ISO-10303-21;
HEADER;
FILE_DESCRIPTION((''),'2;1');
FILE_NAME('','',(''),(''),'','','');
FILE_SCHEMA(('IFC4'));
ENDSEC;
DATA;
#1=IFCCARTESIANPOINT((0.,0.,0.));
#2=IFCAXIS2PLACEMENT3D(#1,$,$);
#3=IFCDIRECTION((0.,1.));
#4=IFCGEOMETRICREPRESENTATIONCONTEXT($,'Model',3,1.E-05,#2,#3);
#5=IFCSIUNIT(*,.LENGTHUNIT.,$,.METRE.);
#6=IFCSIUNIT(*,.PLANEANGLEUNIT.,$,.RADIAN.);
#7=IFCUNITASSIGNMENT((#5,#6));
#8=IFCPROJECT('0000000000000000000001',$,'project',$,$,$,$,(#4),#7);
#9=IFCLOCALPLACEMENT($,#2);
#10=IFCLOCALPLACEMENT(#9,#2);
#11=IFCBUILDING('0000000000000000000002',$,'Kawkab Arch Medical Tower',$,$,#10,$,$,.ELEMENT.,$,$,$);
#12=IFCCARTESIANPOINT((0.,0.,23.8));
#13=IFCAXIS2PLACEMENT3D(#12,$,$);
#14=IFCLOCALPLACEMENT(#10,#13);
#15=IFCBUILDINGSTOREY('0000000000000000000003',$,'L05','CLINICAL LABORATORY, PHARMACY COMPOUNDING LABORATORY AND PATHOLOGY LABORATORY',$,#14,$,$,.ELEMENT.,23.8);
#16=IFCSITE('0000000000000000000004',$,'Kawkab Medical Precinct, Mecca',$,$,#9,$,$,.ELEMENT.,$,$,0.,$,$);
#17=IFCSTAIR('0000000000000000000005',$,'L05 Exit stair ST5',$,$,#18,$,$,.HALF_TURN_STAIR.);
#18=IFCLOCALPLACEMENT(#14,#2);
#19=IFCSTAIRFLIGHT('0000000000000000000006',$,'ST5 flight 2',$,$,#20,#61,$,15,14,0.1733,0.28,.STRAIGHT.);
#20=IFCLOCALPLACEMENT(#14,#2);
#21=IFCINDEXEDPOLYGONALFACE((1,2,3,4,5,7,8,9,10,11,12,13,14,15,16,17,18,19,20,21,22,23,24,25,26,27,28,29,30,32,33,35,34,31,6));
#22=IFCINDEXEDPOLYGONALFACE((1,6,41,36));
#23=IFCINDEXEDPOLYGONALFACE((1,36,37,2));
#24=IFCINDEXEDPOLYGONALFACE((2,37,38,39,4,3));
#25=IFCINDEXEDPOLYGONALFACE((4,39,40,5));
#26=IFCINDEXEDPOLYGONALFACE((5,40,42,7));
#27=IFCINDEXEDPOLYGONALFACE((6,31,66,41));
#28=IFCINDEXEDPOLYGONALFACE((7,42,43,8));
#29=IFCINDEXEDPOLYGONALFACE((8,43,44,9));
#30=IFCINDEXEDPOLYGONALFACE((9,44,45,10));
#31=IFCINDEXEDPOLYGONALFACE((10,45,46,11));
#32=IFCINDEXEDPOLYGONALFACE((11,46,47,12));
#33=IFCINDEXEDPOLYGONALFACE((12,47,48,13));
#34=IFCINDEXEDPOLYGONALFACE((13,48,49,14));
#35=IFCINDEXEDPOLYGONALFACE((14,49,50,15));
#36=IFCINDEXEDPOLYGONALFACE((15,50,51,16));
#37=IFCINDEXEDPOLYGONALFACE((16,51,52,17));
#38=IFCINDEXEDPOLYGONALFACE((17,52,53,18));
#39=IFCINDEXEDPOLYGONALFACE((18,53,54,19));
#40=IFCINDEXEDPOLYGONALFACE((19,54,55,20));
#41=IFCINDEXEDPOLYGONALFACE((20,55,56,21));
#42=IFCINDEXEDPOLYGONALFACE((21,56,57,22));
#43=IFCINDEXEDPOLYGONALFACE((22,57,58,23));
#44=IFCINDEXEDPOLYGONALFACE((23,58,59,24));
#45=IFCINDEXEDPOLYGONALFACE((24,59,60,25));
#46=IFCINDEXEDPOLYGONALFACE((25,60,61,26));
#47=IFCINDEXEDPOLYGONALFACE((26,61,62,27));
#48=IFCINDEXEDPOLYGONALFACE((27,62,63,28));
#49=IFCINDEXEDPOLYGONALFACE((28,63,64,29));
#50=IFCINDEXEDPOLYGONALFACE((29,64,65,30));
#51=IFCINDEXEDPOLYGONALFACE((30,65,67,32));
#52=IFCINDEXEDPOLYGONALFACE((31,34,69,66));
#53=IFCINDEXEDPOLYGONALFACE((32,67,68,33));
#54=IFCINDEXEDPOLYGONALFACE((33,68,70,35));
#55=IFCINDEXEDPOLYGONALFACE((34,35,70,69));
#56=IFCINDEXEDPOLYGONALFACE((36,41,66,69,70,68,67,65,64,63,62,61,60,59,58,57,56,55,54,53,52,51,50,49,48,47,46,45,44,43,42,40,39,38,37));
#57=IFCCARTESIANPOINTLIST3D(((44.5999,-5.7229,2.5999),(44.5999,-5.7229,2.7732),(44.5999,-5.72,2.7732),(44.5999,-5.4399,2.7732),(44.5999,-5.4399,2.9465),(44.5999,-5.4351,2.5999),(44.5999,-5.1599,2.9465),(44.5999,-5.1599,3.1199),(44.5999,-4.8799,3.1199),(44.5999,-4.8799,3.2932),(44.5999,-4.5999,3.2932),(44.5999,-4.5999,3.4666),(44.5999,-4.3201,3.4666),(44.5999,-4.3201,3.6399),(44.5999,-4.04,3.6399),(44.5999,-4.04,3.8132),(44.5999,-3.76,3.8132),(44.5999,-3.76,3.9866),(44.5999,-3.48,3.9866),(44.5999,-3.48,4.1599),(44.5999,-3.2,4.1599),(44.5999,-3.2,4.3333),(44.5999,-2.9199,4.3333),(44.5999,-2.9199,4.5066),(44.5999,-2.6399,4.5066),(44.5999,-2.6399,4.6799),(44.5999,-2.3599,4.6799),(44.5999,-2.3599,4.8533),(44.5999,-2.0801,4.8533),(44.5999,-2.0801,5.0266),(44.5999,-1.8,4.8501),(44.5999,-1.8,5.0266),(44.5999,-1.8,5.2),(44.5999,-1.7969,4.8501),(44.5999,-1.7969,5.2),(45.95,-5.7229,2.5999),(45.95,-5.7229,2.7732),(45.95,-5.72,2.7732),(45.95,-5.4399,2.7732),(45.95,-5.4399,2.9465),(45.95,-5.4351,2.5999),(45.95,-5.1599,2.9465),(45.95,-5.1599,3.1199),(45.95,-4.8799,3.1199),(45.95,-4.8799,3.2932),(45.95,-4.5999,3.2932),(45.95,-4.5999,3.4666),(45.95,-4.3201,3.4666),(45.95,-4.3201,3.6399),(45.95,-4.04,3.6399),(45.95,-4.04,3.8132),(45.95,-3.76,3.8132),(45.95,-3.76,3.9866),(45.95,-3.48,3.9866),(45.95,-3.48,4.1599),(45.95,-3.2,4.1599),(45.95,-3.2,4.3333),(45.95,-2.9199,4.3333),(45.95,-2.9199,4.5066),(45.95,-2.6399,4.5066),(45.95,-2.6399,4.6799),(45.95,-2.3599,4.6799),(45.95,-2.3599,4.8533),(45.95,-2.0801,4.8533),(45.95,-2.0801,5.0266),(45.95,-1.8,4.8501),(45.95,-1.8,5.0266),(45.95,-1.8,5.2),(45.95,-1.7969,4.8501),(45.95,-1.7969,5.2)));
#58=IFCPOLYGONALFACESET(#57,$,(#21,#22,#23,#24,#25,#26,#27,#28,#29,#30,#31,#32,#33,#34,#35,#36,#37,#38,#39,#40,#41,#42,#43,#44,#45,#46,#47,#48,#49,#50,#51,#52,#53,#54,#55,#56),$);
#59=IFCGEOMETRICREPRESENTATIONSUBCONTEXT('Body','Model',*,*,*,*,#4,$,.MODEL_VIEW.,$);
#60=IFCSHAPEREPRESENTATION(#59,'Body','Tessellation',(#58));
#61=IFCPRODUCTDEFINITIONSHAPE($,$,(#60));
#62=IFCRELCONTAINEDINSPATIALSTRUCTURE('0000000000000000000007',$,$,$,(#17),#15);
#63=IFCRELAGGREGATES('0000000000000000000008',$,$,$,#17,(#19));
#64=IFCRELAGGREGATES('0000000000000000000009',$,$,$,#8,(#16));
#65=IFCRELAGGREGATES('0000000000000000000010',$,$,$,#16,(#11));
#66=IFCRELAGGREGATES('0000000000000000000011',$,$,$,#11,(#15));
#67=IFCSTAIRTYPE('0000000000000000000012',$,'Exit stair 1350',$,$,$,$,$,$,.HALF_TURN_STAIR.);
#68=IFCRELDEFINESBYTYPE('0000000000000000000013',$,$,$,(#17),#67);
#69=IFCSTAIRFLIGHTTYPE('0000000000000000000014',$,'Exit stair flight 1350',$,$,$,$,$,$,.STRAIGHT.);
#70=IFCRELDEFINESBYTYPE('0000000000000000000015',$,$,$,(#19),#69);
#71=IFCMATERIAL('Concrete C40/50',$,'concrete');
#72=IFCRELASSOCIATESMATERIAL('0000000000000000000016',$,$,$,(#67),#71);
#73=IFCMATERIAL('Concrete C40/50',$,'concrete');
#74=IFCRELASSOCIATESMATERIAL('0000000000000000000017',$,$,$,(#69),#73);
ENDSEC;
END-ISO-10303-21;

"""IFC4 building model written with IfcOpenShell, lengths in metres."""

from ifc_helpers import new_model, si_unit, direction, frame, origin, place, context, subcontext, project, spatial, polyline, outline, extrude, material, type_object, element, aggregate, save


model = new_model("IFC4")

# Units and contexts
model_context = context("Model", 3, precision=1e-05, world=origin(), true_north=direction((0.0, 1.0)))
body_context = subcontext(model_context, "Body", "Model", "MODEL_VIEW")
ifc_project = project(units=[si_unit("LENGTHUNIT", "METRE"), si_unit("PLANEANGLEUNIT", "RADIAN")], contexts=[model_context])

# Site, building, storey
site_placement = place(None, origin())
site = spatial("IfcSite", under=ifc_project, at=site_placement, Name="Kawkab Medical Precinct, Mecca", CompositionType="ELEMENT", RefElevation=0.0)
building_placement = place(site_placement, origin())
building = spatial("IfcBuilding", under=site, at=building_placement, Name="Kawkab Arch Medical Tower", CompositionType="ELEMENT")
storey_placement = place(building_placement, frame((0.0, 0.0, 23.8)))
storey = spatial("IfcBuildingStorey", under=building, at=storey_placement, Name="L05", Description="CLINICAL LABORATORY, PHARMACY COMPOUNDING LABORATORY AND PATHOLOGY LABORATORY", CompositionType="ELEMENT", Elevation=23.8)

# Stair, stair flight
ifc_material_1 = material(Name="Concrete C40/50", Category="concrete")
stair_type = type_object("IfcStairType", Name="Exit stair 1350", PredefinedType="HALF_TURN_STAIR", material=ifc_material_1)
stair_placement = place(storey_placement, origin())
stair = element("IfcStair", 1, at=stair_placement, inside=storey, type_object=stair_type, Name="L05 Exit stair ST5", PredefinedType="HALF_TURN_STAIR")
ifc_material_2 = material(Name="Concrete C40/50", Category="concrete")
stair_flight_type = type_object("IfcStairFlightType", Name="Exit stair flight 1350", PredefinedType="STRAIGHT", material=ifc_material_2)
stair_flight_1_placement = place(storey_placement, frame((45.2749, -5.72, 2.5999), z_axis=(0.0, 0.0, 1.0), x_axis=(0.0, 1.0, 0.0)))
stair_flight_1 = element("IfcStairFlight", 2, at=stair_flight_1_placement, type_object=stair_flight_type, Name="ST5 flight 2", NumberOfRisers=15, NumberOfTreads=14, PredefinedType="STRAIGHT", RiserHeight=0.1733, TreadLength=0.28, context=body_context, shape_type="SweptSolid", body=[
    extrude(outline(polyline([(-0.0029, 0.0), (-0.0029, 0.1733), (0.0, 0.1733), (0.28, 0.1733), (0.28, 0.3467), (0.5601, 0.3467), (0.5601, 0.52), (0.8401, 0.52), (0.8401, 0.6934), (1.1201, 0.6934), (1.1201, 0.8667), (1.3999, 0.8667), (1.3999, 1.04), (1.6799, 1.04), (1.6799, 1.2134), (1.96, 1.2134), (1.96, 1.3867), (2.24, 1.3867), (2.24, 1.5601), (2.52, 1.5601), (2.52, 1.7334), (2.8, 1.7334), (2.8, 1.9067), (3.0801, 1.9067), (3.0801, 2.0801), (3.3601, 2.0801), (3.3601, 2.2534), (3.6399, 2.2534), (3.6399, 2.4268), (3.9199, 2.4268), (3.9199, 2.6001), (3.9231, 2.6001), (3.9231, 2.2502), (3.9199, 2.2502), (0.2849, 0.0), (-0.0029, 0.0)])), frame((0.0, 0.675, 0.0), z_axis=(0.0, -1.0, 0.0), x_axis=(1.0, 0.0, 0.0)), (0.0, 0.0, 1.0), 1.3501),
])
aggregate(stair, [stair_flight_1])

save(model, "model.ifc")
